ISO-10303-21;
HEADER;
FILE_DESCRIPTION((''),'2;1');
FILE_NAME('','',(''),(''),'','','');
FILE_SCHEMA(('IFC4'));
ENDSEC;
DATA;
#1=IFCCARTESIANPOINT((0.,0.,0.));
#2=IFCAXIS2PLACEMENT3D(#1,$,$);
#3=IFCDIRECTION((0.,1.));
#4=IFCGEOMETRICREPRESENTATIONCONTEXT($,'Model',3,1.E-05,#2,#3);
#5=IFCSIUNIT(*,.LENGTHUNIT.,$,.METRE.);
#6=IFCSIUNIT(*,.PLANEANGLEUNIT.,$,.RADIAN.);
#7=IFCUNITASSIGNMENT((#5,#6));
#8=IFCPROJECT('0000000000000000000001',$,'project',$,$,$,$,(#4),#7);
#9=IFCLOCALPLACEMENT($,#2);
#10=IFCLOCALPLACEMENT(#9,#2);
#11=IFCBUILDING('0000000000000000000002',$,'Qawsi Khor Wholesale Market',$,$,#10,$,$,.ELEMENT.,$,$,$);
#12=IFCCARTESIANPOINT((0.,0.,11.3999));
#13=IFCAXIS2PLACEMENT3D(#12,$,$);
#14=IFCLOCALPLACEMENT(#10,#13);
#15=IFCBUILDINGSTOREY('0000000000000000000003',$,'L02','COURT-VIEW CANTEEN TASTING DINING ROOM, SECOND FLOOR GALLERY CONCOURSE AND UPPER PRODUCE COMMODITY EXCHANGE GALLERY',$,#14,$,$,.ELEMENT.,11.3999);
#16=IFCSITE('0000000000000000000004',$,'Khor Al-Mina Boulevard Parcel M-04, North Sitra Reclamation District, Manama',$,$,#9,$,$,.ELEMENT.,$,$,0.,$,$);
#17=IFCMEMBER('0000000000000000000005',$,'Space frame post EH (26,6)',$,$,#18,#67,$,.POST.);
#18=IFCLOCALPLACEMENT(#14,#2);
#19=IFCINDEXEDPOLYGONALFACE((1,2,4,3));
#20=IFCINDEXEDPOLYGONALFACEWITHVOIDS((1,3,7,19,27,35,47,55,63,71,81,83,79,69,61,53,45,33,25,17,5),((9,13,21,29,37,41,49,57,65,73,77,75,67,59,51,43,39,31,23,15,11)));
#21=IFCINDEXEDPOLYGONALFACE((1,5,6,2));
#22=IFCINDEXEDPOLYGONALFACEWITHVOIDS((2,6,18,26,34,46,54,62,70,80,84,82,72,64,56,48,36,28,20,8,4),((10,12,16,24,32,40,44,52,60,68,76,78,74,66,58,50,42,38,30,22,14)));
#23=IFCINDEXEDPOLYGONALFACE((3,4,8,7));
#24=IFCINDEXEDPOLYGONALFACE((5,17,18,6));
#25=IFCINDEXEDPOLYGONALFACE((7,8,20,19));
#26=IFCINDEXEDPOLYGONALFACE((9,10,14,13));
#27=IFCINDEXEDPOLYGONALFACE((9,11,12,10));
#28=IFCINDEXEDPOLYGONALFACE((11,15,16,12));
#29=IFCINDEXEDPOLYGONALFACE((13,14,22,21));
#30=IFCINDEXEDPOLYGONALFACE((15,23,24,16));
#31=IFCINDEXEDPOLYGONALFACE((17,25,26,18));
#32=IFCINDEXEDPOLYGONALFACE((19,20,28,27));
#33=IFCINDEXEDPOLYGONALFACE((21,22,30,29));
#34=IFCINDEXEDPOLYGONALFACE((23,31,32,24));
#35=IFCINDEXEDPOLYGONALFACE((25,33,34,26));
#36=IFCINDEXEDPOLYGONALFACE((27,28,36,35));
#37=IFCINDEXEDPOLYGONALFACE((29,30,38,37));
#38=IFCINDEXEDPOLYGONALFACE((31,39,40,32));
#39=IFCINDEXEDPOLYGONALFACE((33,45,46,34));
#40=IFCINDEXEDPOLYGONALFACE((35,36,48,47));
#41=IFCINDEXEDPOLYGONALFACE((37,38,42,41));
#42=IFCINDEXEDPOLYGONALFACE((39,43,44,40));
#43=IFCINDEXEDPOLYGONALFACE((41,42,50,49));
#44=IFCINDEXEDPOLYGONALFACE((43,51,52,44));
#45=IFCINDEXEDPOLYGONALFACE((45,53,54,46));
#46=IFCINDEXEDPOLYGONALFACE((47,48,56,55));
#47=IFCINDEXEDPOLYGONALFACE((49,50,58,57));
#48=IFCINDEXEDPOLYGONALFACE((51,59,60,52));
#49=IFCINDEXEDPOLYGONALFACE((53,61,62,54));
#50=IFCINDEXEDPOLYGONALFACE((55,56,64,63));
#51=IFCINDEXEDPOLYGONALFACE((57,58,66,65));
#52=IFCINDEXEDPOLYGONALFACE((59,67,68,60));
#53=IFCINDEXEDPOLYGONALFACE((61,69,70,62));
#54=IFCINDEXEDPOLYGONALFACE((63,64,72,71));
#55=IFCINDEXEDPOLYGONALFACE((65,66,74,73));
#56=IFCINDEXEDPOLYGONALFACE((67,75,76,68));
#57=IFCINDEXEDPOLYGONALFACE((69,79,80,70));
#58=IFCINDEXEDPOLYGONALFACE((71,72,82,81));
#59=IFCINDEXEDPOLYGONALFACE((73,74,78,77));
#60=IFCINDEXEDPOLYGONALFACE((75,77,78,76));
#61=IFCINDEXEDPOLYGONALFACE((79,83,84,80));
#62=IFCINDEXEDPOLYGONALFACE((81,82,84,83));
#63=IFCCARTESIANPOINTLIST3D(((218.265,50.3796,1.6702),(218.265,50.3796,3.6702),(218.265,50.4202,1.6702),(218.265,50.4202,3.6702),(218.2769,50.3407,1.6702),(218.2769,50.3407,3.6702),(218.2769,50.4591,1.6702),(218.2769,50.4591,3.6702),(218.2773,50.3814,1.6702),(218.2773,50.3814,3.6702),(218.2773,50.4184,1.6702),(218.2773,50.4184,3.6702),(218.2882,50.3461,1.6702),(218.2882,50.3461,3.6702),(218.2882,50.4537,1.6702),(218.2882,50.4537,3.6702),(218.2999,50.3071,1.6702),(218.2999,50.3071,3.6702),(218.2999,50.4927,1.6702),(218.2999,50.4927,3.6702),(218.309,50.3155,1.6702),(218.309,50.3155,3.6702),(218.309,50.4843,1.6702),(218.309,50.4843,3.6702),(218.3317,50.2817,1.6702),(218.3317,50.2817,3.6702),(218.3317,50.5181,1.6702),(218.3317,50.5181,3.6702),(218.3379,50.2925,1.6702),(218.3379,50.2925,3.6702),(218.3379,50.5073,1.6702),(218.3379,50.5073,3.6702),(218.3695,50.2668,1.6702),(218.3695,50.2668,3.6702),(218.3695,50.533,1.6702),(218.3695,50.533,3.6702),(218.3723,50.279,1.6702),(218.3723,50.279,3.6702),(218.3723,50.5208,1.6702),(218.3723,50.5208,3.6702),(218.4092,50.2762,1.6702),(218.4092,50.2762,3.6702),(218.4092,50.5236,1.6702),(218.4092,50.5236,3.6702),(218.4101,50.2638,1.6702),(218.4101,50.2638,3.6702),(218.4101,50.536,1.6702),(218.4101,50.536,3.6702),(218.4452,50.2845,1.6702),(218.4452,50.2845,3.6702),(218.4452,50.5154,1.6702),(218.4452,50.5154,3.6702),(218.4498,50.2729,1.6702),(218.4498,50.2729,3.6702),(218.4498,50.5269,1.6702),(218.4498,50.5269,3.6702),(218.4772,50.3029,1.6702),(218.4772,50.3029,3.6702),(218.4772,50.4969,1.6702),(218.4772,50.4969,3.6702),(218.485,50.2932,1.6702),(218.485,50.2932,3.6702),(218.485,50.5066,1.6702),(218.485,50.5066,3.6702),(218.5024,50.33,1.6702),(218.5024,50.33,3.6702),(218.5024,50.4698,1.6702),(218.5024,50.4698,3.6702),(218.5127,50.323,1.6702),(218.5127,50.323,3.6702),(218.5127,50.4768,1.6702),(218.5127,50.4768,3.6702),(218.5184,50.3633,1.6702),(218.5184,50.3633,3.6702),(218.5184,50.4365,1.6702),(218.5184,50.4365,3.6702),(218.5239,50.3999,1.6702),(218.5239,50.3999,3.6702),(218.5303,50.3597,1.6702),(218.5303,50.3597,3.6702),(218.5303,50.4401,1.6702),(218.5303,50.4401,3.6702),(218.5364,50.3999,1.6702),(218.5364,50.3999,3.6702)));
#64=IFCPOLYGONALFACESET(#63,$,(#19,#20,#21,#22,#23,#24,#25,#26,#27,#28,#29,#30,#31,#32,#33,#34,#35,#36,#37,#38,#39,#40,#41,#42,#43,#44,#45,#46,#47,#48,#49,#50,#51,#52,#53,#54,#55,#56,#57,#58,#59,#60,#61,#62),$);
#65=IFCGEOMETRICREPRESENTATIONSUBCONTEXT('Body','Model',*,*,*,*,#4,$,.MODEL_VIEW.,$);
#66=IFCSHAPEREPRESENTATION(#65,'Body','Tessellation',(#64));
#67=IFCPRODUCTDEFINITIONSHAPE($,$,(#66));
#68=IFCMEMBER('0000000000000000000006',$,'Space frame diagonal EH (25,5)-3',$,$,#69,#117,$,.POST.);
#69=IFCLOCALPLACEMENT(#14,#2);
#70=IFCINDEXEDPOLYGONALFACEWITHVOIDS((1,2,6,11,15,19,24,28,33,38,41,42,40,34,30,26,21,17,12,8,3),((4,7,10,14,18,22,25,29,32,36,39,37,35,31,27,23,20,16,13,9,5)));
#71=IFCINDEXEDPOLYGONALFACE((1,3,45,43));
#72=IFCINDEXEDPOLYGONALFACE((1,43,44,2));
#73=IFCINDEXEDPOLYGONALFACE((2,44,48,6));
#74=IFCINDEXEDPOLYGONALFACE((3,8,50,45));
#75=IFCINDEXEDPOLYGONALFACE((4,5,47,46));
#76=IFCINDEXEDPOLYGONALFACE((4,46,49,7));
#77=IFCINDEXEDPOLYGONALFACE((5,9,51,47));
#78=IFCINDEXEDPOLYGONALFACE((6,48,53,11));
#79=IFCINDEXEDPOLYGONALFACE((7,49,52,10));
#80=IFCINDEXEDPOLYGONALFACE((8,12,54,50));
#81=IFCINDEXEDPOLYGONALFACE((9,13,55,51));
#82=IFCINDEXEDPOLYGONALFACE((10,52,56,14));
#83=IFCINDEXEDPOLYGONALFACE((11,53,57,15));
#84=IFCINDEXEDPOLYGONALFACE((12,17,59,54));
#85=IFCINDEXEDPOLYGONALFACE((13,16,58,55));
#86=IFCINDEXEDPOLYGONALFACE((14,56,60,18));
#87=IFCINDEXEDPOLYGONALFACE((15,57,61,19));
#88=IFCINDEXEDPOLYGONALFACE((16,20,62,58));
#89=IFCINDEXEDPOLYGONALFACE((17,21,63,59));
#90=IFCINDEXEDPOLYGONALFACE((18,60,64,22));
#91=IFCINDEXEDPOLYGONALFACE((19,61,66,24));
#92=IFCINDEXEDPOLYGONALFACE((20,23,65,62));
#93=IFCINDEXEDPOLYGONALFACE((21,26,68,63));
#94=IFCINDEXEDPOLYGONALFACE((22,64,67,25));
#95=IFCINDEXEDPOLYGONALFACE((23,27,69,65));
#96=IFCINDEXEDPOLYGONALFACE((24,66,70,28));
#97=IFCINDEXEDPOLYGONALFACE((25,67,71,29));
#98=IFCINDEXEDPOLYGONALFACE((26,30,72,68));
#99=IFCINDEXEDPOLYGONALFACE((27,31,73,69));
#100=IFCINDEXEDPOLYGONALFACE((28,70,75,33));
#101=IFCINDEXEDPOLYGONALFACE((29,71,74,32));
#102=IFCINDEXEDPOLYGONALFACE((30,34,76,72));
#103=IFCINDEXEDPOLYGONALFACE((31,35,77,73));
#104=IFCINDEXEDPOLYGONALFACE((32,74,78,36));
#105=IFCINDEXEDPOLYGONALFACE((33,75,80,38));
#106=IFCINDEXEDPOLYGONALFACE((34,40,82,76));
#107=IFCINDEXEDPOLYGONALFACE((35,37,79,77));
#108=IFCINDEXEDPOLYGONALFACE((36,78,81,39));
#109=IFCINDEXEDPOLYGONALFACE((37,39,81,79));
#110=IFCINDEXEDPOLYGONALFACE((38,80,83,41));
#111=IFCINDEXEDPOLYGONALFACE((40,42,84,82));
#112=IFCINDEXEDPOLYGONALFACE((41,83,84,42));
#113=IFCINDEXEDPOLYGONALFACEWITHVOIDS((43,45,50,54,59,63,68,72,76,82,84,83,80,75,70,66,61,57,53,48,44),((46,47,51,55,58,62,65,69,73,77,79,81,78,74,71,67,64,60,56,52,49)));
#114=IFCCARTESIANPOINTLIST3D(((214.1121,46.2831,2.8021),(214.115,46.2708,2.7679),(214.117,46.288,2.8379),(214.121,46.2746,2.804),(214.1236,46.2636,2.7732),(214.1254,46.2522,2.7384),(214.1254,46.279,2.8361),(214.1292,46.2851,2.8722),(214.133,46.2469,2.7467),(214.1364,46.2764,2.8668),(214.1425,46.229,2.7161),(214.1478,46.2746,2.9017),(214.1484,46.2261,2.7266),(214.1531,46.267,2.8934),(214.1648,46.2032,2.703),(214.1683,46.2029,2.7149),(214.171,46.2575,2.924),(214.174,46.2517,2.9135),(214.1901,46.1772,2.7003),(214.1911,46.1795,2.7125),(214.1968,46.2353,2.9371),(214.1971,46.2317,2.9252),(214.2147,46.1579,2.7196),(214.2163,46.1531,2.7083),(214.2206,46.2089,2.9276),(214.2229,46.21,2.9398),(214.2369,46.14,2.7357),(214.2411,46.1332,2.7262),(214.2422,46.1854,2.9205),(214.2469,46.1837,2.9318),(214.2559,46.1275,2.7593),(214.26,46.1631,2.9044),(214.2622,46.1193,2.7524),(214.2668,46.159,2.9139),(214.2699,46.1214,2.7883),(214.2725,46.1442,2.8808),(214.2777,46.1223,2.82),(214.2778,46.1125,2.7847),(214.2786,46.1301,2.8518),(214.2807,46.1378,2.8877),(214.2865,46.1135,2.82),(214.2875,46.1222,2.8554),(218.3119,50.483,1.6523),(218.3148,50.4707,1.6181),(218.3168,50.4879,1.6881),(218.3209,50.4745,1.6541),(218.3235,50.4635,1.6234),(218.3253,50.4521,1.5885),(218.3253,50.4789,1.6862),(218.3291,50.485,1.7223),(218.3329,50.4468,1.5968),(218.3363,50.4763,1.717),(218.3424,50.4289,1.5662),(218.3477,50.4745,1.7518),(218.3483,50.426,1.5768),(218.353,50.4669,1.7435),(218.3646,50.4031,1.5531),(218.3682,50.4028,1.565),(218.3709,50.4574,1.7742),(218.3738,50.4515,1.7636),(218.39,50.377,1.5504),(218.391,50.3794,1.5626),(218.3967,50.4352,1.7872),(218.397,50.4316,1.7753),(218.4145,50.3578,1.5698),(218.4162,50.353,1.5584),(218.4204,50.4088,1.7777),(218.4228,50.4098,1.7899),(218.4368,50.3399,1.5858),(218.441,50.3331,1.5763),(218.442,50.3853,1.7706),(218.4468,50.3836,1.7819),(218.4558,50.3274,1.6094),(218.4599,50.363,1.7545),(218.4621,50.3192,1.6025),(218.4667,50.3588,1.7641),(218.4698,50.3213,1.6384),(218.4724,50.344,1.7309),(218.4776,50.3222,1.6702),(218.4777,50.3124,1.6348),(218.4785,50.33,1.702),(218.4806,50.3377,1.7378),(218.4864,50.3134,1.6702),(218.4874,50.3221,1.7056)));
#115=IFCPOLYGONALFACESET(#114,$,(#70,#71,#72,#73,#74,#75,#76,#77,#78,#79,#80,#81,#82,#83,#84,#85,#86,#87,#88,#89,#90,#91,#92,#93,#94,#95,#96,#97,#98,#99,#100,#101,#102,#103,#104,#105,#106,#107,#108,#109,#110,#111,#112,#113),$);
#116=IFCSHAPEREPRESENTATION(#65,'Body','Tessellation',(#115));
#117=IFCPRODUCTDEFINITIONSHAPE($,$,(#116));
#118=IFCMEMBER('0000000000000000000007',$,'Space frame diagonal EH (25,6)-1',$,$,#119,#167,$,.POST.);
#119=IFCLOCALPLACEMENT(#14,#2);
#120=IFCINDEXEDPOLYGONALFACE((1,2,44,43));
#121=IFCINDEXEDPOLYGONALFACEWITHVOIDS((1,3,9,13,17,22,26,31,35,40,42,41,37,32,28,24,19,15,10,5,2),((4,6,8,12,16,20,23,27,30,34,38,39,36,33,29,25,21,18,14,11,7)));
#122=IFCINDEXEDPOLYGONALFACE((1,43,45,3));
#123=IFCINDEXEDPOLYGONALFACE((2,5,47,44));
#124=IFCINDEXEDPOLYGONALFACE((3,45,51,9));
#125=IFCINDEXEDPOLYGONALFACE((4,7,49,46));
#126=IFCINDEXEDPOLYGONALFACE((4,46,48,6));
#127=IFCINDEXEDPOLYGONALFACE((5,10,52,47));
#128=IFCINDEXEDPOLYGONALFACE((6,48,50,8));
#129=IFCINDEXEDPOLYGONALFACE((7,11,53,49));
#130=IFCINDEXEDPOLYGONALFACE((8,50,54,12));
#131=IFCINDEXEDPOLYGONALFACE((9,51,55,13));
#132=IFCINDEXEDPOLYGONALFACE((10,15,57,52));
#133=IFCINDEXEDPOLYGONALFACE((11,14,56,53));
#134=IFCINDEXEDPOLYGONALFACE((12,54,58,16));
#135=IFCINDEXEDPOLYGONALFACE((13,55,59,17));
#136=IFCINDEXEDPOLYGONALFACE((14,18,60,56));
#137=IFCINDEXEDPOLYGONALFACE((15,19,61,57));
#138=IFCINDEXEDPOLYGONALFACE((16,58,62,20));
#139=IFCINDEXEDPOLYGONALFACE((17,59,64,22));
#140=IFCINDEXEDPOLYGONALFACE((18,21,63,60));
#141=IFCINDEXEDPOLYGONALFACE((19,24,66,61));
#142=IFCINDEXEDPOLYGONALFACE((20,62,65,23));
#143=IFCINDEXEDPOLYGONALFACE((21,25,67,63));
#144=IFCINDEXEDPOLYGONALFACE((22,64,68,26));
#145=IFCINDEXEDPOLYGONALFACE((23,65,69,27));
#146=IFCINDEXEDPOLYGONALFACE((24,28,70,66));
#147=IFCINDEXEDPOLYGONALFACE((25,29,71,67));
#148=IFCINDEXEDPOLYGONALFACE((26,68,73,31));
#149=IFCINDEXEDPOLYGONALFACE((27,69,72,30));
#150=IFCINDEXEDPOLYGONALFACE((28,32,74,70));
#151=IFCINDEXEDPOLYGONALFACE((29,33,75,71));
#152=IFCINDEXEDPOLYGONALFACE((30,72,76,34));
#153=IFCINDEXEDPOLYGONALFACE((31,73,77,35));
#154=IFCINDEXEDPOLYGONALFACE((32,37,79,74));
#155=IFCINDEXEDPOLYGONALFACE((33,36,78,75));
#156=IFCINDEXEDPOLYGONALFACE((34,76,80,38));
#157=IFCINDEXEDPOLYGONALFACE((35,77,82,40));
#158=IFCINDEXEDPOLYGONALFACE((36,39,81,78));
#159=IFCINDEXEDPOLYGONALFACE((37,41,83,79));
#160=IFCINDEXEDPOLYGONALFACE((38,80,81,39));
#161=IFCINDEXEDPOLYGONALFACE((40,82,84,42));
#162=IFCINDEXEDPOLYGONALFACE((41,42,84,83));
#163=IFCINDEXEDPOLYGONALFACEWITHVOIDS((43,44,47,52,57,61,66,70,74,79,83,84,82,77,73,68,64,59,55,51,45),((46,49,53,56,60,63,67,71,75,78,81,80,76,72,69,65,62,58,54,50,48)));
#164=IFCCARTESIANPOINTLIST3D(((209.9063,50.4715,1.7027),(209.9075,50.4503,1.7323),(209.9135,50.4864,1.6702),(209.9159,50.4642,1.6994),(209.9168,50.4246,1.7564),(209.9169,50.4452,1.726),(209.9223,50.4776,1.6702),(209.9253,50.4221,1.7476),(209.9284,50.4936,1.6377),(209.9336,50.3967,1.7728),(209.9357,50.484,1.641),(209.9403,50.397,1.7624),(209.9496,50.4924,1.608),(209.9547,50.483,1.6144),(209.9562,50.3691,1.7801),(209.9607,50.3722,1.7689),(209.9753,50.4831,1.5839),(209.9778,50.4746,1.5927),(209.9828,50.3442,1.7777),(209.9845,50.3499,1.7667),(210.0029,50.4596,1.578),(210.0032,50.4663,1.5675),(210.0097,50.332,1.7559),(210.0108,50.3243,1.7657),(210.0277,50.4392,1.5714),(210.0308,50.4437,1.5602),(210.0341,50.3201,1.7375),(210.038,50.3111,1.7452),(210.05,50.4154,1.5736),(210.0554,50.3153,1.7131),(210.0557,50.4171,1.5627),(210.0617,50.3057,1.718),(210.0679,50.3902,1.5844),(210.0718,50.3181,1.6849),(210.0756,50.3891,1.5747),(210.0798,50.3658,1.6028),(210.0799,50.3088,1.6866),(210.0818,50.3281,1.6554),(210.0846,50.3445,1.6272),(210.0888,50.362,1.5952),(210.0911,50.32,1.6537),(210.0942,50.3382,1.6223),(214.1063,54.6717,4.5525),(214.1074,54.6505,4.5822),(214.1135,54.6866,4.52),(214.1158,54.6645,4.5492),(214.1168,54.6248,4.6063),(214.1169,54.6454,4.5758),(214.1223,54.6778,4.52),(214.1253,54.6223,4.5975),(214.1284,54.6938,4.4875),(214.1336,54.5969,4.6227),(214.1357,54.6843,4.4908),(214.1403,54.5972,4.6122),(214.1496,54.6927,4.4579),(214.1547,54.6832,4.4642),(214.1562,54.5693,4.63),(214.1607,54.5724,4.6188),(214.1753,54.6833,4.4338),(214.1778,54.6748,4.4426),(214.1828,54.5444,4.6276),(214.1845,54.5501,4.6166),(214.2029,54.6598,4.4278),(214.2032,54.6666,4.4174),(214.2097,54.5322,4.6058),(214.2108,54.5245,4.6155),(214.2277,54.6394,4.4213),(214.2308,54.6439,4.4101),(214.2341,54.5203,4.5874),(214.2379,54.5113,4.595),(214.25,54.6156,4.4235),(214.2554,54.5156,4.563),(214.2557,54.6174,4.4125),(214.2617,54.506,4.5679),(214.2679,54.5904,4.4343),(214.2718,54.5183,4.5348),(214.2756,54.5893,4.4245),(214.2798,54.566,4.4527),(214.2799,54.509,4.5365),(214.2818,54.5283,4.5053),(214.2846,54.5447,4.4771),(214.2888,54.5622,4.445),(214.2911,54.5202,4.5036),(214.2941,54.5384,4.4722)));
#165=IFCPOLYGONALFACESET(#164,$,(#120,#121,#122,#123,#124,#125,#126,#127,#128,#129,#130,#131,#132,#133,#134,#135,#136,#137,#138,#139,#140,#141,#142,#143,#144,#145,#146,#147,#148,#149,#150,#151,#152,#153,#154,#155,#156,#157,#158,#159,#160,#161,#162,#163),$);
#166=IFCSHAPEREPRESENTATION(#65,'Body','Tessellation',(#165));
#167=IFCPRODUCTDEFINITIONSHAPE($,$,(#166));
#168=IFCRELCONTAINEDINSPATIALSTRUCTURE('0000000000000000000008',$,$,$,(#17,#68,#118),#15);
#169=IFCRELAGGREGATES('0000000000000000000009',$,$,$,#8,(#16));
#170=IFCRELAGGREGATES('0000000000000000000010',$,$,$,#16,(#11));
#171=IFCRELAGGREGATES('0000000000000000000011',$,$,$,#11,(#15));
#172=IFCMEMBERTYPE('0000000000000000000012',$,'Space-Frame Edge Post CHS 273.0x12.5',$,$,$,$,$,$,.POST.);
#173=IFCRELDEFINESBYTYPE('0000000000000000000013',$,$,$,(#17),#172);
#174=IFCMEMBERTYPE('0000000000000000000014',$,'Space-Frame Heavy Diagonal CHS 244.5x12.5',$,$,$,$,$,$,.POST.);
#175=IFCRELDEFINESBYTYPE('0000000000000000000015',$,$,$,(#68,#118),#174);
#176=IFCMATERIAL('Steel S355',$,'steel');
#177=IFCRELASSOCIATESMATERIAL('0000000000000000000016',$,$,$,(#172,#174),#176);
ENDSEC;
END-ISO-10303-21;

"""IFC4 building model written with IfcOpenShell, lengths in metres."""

from ifc_helpers import new_model, si_unit, direction, frame, origin, origin_2d, place, context, subcontext, project, spatial, hollow_circle, extrude, material, material_profile, profile_set, type_object, element, save


model = new_model("IFC4")

# Units and contexts
model_context = context("Model", 3, precision=1e-05, world=origin(), true_north=direction((0.0, 1.0)))
body_context = subcontext(model_context, "Body", "Model", "MODEL_VIEW")
ifc_project = project(units=[si_unit("LENGTHUNIT", "METRE"), si_unit("PLANEANGLEUNIT", "RADIAN")], contexts=[model_context])

# Site, building, storey
site_placement = place(None, origin())
site = spatial("IfcSite", under=ifc_project, at=site_placement, Name="Khor Al-Mina Boulevard Parcel M-04, North Sitra Reclamation District, Manama", CompositionType="ELEMENT", RefElevation=0.0)
building_placement = place(site_placement, origin())
building = spatial("IfcBuilding", under=site, at=building_placement, Name="Qawsi Khor Wholesale Market", CompositionType="ELEMENT")
storey_placement = place(building_placement, frame((0.0, 0.0, 11.3999)))
storey = spatial("IfcBuildingStorey", under=building, at=storey_placement, Name="L02", Description="COURT-VIEW CANTEEN TASTING DINING ROOM, SECOND FLOOR GALLERY CONCOURSE AND UPPER PRODUCE COMMODITY EXCHANGE GALLERY", CompositionType="ELEMENT", Elevation=11.3999)

# Members
ifc_material_1 = material(Name="Steel S355", Category="steel")
ifc_material_profile_1 = material_profile(ifc_material_1, hollow_circle(Radius=0.1365, WallThickness=0.0125, at=origin_2d()), Name="CHS 273.0x12.5")
ifc_profile_set_1 = profile_set([ifc_material_profile_1], Name="Steel S355")
member_type_1 = type_object("IfcMemberType", Name="Space-Frame Edge Post CHS 273.0x12.5", PredefinedType="POST", material=ifc_profile_set_1)
member_1_placement = place(storey_placement, frame((218.3999, 50.3999, 1.6702), z_axis=(0.0, 0.0, 1.0), x_axis=(1.0, 0.0, 0.0)))
element("IfcMember", 1, at=member_1_placement, inside=storey, type_object=member_type_1, Name="Space frame post EH (26,6)", PredefinedType="POST", context=body_context, shape_type="SweptSolid", body=[
    extrude(hollow_circle(Radius=0.1365, WallThickness=0.0125, at=origin_2d()), origin(), (0.0, 0.0, 1.0), 2.0),
])
ifc_material_profile_2 = material_profile(ifc_material_1, hollow_circle(Radius=0.1223, WallThickness=0.0125, at=origin_2d()), Name="CHS 244.5x12.5")
ifc_profile_set_2 = profile_set([ifc_material_profile_2], Name="Steel S355")
member_type_2 = type_object("IfcMemberType", Name="Space-Frame Heavy Diagonal CHS 244.5x12.5", PredefinedType="POST", material=ifc_profile_set_2)
member_2_placement = place(storey_placement, frame((218.3999, 50.3999, 1.6702), z_axis=(-0.694217, -0.694217, 0.190069), x_axis=(0.707107, -0.707107, 0.0)))
element("IfcMember", 2, at=member_2_placement, inside=storey, type_object=member_type_2, Name="Space frame diagonal EH (25,5)-3", PredefinedType="POST", context=body_context, shape_type="SweptSolid", body=[
    extrude(hollow_circle(Radius=0.1223, WallThickness=0.0125, at=origin_2d()), origin(), (0.0, 0.0, 1.0), 6.0498),
])
for number, where, z_axis, x_axis, name in (
    (3, (210.0, 50.3999, 1.6702), (0.637507, 0.637544, 0.432577), (-0.707127, 0.707086, 0.0), "Space frame diagonal EH (25,6)-1"),
):
    element("IfcMember", number, at=place(storey_placement, frame(where, z_axis=z_axis, x_axis=x_axis)), inside=storey, type_object=member_type_2, Name=name, PredefinedType="POST", context=body_context, shape_type="SweptSolid", body=[
        extrude(hollow_circle(Radius=0.1223, WallThickness=0.0125, at=origin_2d()), origin(), (0.0, 0.0, 1.0), 6.5881),
    ])

save(model, "model.ifc")
